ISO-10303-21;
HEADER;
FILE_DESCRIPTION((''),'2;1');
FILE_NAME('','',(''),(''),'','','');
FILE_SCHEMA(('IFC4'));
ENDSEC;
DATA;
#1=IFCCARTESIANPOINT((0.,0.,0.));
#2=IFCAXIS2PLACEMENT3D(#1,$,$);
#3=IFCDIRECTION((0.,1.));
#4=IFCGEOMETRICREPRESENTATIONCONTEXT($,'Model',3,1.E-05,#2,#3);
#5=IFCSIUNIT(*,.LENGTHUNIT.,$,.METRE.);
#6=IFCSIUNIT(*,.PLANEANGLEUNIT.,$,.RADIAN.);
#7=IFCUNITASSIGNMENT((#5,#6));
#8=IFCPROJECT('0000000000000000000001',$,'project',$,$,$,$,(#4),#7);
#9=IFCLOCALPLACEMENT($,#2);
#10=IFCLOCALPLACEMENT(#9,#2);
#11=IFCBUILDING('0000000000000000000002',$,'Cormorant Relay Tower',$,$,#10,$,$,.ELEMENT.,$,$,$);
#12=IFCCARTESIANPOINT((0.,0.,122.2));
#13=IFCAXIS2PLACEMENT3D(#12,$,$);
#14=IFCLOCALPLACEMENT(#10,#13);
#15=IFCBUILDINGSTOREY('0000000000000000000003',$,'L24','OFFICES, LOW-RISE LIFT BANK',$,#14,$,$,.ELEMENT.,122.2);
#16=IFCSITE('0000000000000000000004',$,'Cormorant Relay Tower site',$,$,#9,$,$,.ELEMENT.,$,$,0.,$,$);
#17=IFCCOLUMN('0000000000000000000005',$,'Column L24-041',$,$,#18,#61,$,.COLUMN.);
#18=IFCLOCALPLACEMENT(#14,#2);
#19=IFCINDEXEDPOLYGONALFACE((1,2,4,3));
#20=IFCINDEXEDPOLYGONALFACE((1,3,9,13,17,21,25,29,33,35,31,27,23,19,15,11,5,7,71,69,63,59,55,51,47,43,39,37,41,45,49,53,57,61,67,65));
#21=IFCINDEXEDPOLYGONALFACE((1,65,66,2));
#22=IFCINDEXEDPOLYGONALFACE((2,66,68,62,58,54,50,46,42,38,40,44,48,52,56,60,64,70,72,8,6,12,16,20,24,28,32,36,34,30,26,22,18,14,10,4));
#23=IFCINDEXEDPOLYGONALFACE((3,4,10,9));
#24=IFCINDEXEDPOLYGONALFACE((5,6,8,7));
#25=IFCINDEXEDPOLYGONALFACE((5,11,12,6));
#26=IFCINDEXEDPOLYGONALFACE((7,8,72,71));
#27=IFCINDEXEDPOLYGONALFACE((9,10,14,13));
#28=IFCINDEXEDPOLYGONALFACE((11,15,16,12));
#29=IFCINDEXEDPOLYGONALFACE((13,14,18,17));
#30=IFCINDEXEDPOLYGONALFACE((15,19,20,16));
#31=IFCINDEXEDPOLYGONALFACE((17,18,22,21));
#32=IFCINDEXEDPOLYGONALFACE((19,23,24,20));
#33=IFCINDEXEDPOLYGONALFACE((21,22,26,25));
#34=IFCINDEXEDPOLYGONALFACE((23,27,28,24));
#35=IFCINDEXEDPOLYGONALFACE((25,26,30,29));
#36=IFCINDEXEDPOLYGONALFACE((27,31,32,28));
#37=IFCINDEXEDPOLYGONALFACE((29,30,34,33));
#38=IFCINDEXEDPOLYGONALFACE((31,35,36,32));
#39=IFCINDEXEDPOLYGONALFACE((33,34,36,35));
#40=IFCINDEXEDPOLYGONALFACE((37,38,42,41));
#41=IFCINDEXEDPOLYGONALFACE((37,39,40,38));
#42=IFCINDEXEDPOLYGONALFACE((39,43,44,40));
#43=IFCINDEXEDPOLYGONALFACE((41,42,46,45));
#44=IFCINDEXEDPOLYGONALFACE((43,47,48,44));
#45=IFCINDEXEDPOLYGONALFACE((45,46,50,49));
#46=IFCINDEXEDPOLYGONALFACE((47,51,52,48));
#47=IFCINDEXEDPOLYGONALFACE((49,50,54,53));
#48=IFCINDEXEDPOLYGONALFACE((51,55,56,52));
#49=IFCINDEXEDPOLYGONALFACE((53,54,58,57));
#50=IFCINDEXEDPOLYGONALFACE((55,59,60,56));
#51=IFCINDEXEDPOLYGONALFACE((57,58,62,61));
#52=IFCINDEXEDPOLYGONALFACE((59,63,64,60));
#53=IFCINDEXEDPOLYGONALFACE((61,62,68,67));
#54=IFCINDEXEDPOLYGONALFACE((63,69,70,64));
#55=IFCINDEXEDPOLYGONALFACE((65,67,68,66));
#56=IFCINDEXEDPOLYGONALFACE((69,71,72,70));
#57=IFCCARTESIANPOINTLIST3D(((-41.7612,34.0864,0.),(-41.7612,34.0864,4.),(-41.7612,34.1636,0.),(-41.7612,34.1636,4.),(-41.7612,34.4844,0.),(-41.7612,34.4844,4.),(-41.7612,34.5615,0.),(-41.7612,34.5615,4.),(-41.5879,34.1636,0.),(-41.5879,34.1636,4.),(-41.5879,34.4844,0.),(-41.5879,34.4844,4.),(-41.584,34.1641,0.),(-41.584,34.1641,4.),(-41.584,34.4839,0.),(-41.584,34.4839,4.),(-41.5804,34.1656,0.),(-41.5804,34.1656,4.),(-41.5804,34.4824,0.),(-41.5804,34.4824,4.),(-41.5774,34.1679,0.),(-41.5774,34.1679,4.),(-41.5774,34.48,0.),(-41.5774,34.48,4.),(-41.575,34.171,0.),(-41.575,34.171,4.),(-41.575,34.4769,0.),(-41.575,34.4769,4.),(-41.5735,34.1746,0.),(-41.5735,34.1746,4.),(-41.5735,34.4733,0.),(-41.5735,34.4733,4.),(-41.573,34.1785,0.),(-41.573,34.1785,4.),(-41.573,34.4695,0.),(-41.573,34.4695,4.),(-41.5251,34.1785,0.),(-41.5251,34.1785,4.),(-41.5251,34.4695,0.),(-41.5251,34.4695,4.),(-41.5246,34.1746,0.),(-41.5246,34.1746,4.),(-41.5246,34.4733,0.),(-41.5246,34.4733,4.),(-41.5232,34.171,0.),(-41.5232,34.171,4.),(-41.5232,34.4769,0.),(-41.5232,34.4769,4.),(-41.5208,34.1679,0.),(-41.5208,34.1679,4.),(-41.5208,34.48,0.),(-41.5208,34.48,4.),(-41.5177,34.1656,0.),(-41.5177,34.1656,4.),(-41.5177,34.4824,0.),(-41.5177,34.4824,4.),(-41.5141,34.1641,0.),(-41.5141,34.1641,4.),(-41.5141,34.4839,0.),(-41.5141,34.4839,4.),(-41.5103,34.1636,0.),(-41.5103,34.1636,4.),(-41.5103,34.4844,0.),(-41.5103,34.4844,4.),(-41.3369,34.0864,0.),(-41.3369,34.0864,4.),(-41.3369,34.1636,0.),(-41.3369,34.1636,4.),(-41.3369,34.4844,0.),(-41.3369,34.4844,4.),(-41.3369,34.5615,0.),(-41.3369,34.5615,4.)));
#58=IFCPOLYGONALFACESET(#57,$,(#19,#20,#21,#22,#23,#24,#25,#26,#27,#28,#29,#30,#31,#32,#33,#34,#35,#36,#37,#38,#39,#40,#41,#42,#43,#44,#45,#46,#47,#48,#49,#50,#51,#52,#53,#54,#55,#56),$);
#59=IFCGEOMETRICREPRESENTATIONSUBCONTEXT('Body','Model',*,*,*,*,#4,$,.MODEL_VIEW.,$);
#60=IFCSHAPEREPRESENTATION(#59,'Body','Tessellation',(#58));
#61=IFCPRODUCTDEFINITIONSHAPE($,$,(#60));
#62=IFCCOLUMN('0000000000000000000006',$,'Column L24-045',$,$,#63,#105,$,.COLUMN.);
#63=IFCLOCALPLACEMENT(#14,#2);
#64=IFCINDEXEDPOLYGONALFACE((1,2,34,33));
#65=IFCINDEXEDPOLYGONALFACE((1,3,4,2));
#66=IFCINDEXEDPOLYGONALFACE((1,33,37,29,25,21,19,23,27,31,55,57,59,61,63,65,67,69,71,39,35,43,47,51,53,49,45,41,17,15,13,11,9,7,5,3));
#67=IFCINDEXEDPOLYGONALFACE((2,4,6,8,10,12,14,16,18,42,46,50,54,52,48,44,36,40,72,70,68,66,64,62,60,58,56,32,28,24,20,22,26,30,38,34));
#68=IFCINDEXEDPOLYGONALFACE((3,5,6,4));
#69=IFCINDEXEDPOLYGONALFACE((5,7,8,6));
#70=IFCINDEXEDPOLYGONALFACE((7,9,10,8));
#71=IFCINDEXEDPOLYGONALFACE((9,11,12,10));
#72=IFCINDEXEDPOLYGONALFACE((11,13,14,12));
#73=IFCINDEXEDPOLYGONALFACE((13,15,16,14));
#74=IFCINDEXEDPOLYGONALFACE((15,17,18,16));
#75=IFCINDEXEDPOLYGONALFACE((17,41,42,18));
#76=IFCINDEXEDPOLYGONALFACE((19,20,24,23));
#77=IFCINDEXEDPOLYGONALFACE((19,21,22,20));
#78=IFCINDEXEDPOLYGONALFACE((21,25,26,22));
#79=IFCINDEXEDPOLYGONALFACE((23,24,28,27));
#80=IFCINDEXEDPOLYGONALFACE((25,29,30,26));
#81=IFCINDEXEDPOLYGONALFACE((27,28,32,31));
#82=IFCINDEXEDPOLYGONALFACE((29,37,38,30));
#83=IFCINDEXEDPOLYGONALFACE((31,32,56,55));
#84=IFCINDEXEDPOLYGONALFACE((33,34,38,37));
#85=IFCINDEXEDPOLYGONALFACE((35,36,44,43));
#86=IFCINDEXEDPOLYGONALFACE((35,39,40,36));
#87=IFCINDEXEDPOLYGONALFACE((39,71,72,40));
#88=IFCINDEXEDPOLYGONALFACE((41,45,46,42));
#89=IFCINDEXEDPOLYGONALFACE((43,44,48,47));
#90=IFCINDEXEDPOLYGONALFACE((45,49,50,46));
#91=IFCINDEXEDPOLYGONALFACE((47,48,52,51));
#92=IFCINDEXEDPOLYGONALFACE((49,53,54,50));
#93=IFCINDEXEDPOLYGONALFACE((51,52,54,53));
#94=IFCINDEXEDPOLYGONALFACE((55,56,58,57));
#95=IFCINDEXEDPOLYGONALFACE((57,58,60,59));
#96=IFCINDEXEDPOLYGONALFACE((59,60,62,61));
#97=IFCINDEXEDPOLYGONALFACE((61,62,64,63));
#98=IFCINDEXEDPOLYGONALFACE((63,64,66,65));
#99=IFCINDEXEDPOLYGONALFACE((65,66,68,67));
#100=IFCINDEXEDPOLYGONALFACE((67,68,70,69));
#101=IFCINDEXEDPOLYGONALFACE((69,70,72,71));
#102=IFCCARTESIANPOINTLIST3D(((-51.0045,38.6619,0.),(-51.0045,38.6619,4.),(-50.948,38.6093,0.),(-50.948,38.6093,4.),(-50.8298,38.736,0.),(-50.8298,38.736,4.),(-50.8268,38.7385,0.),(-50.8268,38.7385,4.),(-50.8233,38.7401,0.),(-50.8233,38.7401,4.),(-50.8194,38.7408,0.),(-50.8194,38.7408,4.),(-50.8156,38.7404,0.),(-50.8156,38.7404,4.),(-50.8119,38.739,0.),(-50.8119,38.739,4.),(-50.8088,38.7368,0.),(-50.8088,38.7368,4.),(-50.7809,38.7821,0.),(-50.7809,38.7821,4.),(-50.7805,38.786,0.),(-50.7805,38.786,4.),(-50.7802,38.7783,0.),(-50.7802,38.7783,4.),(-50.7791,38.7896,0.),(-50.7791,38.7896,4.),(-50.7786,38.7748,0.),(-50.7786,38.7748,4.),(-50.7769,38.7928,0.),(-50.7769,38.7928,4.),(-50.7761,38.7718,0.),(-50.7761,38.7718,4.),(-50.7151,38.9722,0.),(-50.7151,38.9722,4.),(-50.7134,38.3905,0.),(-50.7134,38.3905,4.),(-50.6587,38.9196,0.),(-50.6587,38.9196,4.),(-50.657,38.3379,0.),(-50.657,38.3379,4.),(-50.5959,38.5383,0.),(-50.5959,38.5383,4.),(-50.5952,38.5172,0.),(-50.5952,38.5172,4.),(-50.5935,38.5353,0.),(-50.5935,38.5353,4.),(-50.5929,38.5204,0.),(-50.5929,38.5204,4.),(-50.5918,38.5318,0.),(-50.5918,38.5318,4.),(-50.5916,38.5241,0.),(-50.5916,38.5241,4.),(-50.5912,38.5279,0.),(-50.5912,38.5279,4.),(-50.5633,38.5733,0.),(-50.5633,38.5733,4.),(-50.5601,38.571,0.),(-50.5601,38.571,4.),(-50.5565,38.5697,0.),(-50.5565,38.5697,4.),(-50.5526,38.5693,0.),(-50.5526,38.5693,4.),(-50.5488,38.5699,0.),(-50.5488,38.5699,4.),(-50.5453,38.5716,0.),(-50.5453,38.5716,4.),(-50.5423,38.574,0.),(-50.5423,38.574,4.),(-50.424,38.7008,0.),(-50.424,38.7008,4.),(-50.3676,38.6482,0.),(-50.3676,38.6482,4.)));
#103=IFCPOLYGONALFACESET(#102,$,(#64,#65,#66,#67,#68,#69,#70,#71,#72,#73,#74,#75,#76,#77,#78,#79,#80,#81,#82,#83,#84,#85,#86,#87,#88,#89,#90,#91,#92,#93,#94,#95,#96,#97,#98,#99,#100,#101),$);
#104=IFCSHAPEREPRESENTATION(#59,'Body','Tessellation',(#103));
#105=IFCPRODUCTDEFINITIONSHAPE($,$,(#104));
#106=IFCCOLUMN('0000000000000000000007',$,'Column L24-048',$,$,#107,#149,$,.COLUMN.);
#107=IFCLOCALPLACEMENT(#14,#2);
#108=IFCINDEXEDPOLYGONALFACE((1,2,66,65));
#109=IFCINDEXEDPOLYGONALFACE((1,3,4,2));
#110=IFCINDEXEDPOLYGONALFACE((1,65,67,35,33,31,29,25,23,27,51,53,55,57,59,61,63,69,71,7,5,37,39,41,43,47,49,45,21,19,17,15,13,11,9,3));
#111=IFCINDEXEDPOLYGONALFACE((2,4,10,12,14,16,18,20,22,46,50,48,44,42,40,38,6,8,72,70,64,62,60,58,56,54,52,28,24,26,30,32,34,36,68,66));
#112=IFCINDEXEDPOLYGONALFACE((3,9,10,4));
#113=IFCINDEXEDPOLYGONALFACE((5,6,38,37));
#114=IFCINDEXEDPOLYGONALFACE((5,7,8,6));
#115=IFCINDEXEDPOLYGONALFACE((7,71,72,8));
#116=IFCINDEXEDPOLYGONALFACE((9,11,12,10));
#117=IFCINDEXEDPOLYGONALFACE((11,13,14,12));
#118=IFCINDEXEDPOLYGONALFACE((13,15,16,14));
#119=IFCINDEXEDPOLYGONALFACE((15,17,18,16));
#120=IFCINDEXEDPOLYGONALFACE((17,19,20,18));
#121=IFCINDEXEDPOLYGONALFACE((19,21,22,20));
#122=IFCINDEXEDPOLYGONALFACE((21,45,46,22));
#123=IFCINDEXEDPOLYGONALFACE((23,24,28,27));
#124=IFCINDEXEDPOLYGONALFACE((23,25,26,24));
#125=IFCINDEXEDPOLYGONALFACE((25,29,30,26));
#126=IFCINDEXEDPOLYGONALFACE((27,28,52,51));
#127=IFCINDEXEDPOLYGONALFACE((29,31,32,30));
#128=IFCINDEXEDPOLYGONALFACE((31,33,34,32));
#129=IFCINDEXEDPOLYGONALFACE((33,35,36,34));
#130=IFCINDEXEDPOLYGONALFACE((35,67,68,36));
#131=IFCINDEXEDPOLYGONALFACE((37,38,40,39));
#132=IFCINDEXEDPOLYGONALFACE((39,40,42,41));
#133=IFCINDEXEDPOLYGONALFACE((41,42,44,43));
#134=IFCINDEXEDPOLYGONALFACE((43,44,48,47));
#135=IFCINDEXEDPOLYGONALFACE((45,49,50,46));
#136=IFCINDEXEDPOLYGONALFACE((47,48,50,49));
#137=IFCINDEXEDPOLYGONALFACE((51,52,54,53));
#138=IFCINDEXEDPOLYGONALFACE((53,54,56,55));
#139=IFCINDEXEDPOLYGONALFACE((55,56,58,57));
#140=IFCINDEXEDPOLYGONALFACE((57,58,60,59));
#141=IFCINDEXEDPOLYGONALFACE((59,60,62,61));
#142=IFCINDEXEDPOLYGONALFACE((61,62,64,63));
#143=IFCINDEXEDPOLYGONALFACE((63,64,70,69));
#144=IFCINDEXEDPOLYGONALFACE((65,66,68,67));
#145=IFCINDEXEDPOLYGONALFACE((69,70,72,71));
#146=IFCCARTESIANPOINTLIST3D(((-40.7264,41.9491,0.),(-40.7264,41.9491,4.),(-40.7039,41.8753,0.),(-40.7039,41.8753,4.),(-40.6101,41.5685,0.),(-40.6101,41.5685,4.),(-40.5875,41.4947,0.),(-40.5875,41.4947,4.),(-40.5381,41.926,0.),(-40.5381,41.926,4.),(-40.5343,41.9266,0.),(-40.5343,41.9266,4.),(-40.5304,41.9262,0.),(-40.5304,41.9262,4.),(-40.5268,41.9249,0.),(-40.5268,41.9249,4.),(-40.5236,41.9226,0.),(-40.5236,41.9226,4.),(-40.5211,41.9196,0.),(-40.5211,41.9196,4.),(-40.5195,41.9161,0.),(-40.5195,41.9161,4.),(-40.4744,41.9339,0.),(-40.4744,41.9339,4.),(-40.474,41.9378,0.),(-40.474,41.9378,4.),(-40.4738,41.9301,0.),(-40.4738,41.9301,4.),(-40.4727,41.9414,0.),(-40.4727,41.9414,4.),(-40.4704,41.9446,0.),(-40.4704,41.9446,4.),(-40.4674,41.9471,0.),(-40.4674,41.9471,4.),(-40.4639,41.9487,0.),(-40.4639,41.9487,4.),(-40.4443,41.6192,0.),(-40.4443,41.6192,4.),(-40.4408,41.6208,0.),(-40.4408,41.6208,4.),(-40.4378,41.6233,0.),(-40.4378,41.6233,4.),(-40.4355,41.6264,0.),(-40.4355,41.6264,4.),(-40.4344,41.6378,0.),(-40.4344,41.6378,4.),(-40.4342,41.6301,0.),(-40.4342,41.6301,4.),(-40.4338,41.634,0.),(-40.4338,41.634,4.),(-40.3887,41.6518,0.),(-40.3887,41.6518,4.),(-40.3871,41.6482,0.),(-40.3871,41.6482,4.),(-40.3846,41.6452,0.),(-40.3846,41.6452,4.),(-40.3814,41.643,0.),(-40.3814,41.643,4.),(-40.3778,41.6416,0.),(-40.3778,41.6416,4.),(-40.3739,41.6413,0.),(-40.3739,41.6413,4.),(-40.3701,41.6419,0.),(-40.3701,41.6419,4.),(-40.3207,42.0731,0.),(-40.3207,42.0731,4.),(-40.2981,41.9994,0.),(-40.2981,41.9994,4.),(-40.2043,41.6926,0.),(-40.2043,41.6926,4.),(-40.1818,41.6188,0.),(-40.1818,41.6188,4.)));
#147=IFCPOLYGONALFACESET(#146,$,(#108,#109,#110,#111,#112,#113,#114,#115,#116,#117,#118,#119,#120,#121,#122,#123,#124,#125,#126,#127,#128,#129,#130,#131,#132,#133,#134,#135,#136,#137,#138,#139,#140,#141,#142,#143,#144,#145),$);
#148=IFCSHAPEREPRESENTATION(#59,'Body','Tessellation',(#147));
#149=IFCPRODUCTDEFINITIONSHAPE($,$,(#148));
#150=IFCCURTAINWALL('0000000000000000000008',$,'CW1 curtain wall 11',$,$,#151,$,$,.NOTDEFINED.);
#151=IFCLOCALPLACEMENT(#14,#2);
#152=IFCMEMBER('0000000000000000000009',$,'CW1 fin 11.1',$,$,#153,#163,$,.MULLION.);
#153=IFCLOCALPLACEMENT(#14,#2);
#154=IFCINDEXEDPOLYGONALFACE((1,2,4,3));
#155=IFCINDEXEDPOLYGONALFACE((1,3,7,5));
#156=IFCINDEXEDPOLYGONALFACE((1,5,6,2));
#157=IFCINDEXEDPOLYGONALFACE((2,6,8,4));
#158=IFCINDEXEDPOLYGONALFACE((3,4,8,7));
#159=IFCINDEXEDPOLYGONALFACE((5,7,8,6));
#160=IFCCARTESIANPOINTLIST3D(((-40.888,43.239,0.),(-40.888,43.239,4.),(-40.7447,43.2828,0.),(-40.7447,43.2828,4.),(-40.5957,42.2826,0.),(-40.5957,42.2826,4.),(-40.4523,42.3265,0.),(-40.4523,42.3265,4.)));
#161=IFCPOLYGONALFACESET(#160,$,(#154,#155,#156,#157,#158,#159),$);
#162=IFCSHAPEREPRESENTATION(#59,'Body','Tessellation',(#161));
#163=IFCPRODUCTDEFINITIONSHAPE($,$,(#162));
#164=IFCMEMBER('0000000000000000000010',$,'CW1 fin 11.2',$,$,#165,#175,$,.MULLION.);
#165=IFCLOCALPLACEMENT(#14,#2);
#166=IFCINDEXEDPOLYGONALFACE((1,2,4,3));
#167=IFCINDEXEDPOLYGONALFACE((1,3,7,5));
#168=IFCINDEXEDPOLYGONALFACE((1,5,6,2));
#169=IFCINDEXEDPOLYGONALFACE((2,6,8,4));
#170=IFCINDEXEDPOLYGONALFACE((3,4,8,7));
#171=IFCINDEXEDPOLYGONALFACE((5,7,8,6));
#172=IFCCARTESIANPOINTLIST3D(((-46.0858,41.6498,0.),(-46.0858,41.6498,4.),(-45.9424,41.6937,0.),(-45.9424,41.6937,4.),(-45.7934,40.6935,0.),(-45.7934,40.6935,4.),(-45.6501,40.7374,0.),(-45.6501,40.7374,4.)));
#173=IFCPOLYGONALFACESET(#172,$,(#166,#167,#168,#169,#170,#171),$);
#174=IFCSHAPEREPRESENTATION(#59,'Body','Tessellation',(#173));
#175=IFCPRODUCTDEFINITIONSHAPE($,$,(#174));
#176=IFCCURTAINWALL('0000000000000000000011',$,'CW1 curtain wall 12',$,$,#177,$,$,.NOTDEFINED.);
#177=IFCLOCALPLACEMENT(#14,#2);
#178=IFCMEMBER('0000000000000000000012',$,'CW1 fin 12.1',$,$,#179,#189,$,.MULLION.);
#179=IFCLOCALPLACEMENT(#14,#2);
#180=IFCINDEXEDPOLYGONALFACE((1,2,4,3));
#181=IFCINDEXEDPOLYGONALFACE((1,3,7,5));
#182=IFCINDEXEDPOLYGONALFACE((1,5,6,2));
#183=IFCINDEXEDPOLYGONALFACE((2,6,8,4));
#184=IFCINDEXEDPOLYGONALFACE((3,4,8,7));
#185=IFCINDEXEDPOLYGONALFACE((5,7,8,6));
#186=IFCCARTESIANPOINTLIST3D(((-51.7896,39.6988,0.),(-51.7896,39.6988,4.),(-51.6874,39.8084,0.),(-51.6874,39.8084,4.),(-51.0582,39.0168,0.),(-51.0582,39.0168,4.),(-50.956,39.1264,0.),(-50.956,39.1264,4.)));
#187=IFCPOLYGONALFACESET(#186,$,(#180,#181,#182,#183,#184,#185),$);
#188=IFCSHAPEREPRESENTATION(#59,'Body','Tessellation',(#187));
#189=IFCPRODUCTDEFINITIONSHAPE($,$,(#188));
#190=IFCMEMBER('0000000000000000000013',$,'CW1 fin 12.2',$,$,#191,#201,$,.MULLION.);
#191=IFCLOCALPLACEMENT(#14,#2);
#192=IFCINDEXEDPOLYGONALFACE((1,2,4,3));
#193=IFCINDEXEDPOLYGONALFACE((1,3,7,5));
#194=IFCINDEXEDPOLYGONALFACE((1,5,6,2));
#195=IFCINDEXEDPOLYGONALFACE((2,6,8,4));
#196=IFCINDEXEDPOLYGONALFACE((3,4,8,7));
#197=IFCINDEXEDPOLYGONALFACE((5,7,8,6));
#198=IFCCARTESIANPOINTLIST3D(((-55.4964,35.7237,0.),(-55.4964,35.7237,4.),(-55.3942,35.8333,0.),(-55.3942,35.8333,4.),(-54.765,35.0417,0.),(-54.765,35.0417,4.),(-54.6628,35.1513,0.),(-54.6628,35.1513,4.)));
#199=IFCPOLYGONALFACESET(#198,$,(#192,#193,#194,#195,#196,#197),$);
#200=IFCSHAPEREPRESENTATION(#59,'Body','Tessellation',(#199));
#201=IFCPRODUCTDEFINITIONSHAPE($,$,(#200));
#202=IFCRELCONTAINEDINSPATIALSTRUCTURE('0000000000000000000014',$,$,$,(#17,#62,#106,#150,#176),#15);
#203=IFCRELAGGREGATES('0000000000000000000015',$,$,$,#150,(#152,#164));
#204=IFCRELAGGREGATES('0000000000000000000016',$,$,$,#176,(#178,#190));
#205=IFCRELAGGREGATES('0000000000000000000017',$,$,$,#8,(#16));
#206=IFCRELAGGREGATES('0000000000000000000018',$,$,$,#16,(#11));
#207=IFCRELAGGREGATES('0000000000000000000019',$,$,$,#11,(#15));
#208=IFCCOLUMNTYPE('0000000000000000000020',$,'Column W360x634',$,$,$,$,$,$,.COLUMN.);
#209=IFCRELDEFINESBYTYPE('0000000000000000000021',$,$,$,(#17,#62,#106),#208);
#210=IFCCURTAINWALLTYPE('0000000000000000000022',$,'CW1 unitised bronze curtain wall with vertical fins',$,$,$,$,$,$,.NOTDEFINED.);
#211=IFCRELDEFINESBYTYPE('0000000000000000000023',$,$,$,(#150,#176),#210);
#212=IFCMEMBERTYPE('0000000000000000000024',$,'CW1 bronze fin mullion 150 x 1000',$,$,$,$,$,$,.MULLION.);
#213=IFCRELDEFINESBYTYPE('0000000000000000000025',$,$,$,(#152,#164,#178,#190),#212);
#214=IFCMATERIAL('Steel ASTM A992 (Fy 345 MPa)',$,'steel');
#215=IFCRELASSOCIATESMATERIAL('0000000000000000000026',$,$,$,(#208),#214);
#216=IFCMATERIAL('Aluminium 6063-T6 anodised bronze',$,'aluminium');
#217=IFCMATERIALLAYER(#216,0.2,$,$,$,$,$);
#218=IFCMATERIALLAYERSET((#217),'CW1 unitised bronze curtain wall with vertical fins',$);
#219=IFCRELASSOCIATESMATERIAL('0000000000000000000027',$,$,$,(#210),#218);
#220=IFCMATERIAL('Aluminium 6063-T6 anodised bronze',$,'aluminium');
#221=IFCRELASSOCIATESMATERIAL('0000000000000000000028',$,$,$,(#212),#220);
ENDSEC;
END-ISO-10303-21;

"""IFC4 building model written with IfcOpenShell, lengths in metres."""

from ifc_helpers import new_model, si_unit, direction, frame, origin, origin_2d, place, context, subcontext, project, spatial, rectangle, i_section, extrude, material, layer, layer_set, material_profile, profile_set, type_object, element, aggregate, save


model = new_model("IFC4")

# Units and contexts
model_context = context("Model", 3, precision=1e-05, world=origin(), true_north=direction((0.0, 1.0)))
body_context = subcontext(model_context, "Body", "Model", "MODEL_VIEW")
ifc_project = project(units=[si_unit("LENGTHUNIT", "METRE"), si_unit("PLANEANGLEUNIT", "RADIAN")], contexts=[model_context])

# Site, building, storey
site_placement = place(None, origin())
site = spatial("IfcSite", under=ifc_project, at=site_placement, Name="Cormorant Relay Tower site", CompositionType="ELEMENT", RefElevation=0.0)
building_placement = place(site_placement, origin())
building = spatial("IfcBuilding", under=site, at=building_placement, Name="Cormorant Relay Tower", CompositionType="ELEMENT")
storey_placement = place(building_placement, frame((0.0, 0.0, 122.2)))
storey = spatial("IfcBuildingStorey", under=building, at=storey_placement, Name="L24", Description="OFFICES, LOW-RISE LIFT BANK", CompositionType="ELEMENT", Elevation=122.2)

# Columns
ifc_material_1 = material(Name="Steel ASTM A992 (Fy 345 MPa)", Category="steel")
ifc_material_profile_1 = material_profile(ifc_material_1, i_section(OverallWidth=0.4243, OverallDepth=0.4751, WebThickness=0.0479, FlangeThickness=0.0771, FilletRadius=0.0149, at=origin_2d()), Name="W360x634")
ifc_profile_set_1 = profile_set([ifc_material_profile_1], Name="Steel ASTM A992 (Fy 345 MPa)")
column_type = type_object("IfcColumnType", Name="Column W360x634", PredefinedType="COLUMN", material=ifc_profile_set_1)
for number, where, z_axis, x_axis, name in (
    (1, (-41.5491, 34.324, 0.0), (0.0, 0.0, 1.0), (1.0, 0.0, 0.0), "Column L24-041"),
    (2, (-50.686, 38.655, 0.0), (0.0, 0.0, 1.0), (-0.681998, -0.731354, 0.0), "Column L24-045"),
    (3, (-40.4541, 41.7839, 0.0), (0.0, 0.0, 1.0), (-0.956305, -0.292372, 0.0), "Column L24-048"),
):
    element("IfcColumn", number, at=place(storey_placement, frame(where, z_axis=z_axis, x_axis=x_axis)), inside=storey, type_object=column_type, Name=name, PredefinedType="COLUMN", context=body_context, shape_type="SweptSolid", body=[
        extrude(i_section(OverallWidth=0.4243, OverallDepth=0.4751, WebThickness=0.0479, FlangeThickness=0.0771, FilletRadius=0.0149, at=origin_2d()), origin(), (0.0, 0.0, 1.0), 4.0),
    ])

# Curtain walls, members
ifc_material_2 = material(Name="Aluminium 6063-T6 anodised bronze", Category="aluminium")
ifc_layer_1 = layer(ifc_material_2, 0.2)
ifc_layer_set_1 = layer_set([ifc_layer_1], Name="CW1 unitised bronze curtain wall with vertical fins")
curtain_wall_type = type_object("IfcCurtainWallType", Name="CW1 unitised bronze curtain wall with vertical fins", PredefinedType="NOTDEFINED", material=ifc_layer_set_1)
curtain_wall_1_placement = place(storey_placement, origin())
curtain_wall_1 = element("IfcCurtainWall", 4, at=curtain_wall_1_placement, inside=storey, type_object=curtain_wall_type, Name="CW1 curtain wall 11", PredefinedType="NOTDEFINED")
ifc_material_3 = material(Name="Aluminium 6063-T6 anodised bronze", Category="aluminium")
ifc_material_profile_2 = material_profile(ifc_material_3, rectangle(XDim=0.1499, YDim=1.0, at=origin_2d()), Name="AL 150x1000")
ifc_profile_set_2 = profile_set([ifc_material_profile_2], Name="Aluminium 6063-T6 anodised bronze")
member_type_1 = type_object("IfcMemberType", Name="CW1 bronze fin mullion 150 x 1000", PredefinedType="MULLION", material=ifc_profile_set_2)
member_1_placement = place(storey_placement, frame((-40.6702, 42.7827, 0.0), z_axis=(0.0, 0.0, 1.0), x_axis=(-0.956305, -0.292372, 0.0)))
member_1 = element("IfcMember", 5, at=member_1_placement, type_object=member_type_1, Name="CW1 fin 11.1", PredefinedType="MULLION", context=body_context, shape_type="SweptSolid", body=[
    extrude(rectangle(XDim=0.1499, YDim=1.0, at=origin_2d()), origin(), (0.0, 0.0, 1.0), 4.0),
])
member_2_placement = place(storey_placement, frame((-45.8679, 41.1936, 0.0), z_axis=(0.0, 0.0, 1.0), x_axis=(-0.956305, -0.292372, 0.0)))
member_2 = element("IfcMember", 6, at=member_2_placement, type_object=member_type_1, Name="CW1 fin 11.2", PredefinedType="MULLION", context=body_context, shape_type="SweptSolid", body=[
    extrude(rectangle(XDim=0.1499, YDim=1.0, at=origin_2d()), origin(), (0.0, 0.0, 1.0), 4.0),
])
curtain_wall_2_placement = place(storey_placement, origin())
curtain_wall_2 = element("IfcCurtainWall", 7, at=curtain_wall_2_placement, inside=storey, type_object=curtain_wall_type, Name="CW1 curtain wall 12", PredefinedType="NOTDEFINED")
member_3_placement = place(storey_placement, frame((-51.3728, 39.4126, 0.0), z_axis=(0.0, 0.0, 1.0), x_axis=(-0.681998, -0.731354, 0.0)))
member_3 = element("IfcMember", 8, at=member_3_placement, type_object=member_type_1, Name="CW1 fin 12.1", PredefinedType="MULLION", context=body_context, shape_type="SweptSolid", body=[
    extrude(rectangle(XDim=0.1499, YDim=1.0, at=origin_2d()), origin(), (0.0, 0.0, 1.0), 4.0),
])
member_4_placement = place(storey_placement, frame((-55.0796, 35.4375, 0.0), z_axis=(0.0, 0.0, 1.0), x_axis=(-0.681998, -0.731354, 0.0)))
member_4 = element("IfcMember", 9, at=member_4_placement, type_object=member_type_1, Name="CW1 fin 12.2", PredefinedType="MULLION", context=body_context, shape_type="SweptSolid", body=[
    extrude(rectangle(XDim=0.1499, YDim=1.0, at=origin_2d()), origin(), (0.0, 0.0, 1.0), 4.0),
])

aggregate(curtain_wall_1, [member_1, member_2])
aggregate(curtain_wall_2, [member_3, member_4])

save(model, "model.ifc")
